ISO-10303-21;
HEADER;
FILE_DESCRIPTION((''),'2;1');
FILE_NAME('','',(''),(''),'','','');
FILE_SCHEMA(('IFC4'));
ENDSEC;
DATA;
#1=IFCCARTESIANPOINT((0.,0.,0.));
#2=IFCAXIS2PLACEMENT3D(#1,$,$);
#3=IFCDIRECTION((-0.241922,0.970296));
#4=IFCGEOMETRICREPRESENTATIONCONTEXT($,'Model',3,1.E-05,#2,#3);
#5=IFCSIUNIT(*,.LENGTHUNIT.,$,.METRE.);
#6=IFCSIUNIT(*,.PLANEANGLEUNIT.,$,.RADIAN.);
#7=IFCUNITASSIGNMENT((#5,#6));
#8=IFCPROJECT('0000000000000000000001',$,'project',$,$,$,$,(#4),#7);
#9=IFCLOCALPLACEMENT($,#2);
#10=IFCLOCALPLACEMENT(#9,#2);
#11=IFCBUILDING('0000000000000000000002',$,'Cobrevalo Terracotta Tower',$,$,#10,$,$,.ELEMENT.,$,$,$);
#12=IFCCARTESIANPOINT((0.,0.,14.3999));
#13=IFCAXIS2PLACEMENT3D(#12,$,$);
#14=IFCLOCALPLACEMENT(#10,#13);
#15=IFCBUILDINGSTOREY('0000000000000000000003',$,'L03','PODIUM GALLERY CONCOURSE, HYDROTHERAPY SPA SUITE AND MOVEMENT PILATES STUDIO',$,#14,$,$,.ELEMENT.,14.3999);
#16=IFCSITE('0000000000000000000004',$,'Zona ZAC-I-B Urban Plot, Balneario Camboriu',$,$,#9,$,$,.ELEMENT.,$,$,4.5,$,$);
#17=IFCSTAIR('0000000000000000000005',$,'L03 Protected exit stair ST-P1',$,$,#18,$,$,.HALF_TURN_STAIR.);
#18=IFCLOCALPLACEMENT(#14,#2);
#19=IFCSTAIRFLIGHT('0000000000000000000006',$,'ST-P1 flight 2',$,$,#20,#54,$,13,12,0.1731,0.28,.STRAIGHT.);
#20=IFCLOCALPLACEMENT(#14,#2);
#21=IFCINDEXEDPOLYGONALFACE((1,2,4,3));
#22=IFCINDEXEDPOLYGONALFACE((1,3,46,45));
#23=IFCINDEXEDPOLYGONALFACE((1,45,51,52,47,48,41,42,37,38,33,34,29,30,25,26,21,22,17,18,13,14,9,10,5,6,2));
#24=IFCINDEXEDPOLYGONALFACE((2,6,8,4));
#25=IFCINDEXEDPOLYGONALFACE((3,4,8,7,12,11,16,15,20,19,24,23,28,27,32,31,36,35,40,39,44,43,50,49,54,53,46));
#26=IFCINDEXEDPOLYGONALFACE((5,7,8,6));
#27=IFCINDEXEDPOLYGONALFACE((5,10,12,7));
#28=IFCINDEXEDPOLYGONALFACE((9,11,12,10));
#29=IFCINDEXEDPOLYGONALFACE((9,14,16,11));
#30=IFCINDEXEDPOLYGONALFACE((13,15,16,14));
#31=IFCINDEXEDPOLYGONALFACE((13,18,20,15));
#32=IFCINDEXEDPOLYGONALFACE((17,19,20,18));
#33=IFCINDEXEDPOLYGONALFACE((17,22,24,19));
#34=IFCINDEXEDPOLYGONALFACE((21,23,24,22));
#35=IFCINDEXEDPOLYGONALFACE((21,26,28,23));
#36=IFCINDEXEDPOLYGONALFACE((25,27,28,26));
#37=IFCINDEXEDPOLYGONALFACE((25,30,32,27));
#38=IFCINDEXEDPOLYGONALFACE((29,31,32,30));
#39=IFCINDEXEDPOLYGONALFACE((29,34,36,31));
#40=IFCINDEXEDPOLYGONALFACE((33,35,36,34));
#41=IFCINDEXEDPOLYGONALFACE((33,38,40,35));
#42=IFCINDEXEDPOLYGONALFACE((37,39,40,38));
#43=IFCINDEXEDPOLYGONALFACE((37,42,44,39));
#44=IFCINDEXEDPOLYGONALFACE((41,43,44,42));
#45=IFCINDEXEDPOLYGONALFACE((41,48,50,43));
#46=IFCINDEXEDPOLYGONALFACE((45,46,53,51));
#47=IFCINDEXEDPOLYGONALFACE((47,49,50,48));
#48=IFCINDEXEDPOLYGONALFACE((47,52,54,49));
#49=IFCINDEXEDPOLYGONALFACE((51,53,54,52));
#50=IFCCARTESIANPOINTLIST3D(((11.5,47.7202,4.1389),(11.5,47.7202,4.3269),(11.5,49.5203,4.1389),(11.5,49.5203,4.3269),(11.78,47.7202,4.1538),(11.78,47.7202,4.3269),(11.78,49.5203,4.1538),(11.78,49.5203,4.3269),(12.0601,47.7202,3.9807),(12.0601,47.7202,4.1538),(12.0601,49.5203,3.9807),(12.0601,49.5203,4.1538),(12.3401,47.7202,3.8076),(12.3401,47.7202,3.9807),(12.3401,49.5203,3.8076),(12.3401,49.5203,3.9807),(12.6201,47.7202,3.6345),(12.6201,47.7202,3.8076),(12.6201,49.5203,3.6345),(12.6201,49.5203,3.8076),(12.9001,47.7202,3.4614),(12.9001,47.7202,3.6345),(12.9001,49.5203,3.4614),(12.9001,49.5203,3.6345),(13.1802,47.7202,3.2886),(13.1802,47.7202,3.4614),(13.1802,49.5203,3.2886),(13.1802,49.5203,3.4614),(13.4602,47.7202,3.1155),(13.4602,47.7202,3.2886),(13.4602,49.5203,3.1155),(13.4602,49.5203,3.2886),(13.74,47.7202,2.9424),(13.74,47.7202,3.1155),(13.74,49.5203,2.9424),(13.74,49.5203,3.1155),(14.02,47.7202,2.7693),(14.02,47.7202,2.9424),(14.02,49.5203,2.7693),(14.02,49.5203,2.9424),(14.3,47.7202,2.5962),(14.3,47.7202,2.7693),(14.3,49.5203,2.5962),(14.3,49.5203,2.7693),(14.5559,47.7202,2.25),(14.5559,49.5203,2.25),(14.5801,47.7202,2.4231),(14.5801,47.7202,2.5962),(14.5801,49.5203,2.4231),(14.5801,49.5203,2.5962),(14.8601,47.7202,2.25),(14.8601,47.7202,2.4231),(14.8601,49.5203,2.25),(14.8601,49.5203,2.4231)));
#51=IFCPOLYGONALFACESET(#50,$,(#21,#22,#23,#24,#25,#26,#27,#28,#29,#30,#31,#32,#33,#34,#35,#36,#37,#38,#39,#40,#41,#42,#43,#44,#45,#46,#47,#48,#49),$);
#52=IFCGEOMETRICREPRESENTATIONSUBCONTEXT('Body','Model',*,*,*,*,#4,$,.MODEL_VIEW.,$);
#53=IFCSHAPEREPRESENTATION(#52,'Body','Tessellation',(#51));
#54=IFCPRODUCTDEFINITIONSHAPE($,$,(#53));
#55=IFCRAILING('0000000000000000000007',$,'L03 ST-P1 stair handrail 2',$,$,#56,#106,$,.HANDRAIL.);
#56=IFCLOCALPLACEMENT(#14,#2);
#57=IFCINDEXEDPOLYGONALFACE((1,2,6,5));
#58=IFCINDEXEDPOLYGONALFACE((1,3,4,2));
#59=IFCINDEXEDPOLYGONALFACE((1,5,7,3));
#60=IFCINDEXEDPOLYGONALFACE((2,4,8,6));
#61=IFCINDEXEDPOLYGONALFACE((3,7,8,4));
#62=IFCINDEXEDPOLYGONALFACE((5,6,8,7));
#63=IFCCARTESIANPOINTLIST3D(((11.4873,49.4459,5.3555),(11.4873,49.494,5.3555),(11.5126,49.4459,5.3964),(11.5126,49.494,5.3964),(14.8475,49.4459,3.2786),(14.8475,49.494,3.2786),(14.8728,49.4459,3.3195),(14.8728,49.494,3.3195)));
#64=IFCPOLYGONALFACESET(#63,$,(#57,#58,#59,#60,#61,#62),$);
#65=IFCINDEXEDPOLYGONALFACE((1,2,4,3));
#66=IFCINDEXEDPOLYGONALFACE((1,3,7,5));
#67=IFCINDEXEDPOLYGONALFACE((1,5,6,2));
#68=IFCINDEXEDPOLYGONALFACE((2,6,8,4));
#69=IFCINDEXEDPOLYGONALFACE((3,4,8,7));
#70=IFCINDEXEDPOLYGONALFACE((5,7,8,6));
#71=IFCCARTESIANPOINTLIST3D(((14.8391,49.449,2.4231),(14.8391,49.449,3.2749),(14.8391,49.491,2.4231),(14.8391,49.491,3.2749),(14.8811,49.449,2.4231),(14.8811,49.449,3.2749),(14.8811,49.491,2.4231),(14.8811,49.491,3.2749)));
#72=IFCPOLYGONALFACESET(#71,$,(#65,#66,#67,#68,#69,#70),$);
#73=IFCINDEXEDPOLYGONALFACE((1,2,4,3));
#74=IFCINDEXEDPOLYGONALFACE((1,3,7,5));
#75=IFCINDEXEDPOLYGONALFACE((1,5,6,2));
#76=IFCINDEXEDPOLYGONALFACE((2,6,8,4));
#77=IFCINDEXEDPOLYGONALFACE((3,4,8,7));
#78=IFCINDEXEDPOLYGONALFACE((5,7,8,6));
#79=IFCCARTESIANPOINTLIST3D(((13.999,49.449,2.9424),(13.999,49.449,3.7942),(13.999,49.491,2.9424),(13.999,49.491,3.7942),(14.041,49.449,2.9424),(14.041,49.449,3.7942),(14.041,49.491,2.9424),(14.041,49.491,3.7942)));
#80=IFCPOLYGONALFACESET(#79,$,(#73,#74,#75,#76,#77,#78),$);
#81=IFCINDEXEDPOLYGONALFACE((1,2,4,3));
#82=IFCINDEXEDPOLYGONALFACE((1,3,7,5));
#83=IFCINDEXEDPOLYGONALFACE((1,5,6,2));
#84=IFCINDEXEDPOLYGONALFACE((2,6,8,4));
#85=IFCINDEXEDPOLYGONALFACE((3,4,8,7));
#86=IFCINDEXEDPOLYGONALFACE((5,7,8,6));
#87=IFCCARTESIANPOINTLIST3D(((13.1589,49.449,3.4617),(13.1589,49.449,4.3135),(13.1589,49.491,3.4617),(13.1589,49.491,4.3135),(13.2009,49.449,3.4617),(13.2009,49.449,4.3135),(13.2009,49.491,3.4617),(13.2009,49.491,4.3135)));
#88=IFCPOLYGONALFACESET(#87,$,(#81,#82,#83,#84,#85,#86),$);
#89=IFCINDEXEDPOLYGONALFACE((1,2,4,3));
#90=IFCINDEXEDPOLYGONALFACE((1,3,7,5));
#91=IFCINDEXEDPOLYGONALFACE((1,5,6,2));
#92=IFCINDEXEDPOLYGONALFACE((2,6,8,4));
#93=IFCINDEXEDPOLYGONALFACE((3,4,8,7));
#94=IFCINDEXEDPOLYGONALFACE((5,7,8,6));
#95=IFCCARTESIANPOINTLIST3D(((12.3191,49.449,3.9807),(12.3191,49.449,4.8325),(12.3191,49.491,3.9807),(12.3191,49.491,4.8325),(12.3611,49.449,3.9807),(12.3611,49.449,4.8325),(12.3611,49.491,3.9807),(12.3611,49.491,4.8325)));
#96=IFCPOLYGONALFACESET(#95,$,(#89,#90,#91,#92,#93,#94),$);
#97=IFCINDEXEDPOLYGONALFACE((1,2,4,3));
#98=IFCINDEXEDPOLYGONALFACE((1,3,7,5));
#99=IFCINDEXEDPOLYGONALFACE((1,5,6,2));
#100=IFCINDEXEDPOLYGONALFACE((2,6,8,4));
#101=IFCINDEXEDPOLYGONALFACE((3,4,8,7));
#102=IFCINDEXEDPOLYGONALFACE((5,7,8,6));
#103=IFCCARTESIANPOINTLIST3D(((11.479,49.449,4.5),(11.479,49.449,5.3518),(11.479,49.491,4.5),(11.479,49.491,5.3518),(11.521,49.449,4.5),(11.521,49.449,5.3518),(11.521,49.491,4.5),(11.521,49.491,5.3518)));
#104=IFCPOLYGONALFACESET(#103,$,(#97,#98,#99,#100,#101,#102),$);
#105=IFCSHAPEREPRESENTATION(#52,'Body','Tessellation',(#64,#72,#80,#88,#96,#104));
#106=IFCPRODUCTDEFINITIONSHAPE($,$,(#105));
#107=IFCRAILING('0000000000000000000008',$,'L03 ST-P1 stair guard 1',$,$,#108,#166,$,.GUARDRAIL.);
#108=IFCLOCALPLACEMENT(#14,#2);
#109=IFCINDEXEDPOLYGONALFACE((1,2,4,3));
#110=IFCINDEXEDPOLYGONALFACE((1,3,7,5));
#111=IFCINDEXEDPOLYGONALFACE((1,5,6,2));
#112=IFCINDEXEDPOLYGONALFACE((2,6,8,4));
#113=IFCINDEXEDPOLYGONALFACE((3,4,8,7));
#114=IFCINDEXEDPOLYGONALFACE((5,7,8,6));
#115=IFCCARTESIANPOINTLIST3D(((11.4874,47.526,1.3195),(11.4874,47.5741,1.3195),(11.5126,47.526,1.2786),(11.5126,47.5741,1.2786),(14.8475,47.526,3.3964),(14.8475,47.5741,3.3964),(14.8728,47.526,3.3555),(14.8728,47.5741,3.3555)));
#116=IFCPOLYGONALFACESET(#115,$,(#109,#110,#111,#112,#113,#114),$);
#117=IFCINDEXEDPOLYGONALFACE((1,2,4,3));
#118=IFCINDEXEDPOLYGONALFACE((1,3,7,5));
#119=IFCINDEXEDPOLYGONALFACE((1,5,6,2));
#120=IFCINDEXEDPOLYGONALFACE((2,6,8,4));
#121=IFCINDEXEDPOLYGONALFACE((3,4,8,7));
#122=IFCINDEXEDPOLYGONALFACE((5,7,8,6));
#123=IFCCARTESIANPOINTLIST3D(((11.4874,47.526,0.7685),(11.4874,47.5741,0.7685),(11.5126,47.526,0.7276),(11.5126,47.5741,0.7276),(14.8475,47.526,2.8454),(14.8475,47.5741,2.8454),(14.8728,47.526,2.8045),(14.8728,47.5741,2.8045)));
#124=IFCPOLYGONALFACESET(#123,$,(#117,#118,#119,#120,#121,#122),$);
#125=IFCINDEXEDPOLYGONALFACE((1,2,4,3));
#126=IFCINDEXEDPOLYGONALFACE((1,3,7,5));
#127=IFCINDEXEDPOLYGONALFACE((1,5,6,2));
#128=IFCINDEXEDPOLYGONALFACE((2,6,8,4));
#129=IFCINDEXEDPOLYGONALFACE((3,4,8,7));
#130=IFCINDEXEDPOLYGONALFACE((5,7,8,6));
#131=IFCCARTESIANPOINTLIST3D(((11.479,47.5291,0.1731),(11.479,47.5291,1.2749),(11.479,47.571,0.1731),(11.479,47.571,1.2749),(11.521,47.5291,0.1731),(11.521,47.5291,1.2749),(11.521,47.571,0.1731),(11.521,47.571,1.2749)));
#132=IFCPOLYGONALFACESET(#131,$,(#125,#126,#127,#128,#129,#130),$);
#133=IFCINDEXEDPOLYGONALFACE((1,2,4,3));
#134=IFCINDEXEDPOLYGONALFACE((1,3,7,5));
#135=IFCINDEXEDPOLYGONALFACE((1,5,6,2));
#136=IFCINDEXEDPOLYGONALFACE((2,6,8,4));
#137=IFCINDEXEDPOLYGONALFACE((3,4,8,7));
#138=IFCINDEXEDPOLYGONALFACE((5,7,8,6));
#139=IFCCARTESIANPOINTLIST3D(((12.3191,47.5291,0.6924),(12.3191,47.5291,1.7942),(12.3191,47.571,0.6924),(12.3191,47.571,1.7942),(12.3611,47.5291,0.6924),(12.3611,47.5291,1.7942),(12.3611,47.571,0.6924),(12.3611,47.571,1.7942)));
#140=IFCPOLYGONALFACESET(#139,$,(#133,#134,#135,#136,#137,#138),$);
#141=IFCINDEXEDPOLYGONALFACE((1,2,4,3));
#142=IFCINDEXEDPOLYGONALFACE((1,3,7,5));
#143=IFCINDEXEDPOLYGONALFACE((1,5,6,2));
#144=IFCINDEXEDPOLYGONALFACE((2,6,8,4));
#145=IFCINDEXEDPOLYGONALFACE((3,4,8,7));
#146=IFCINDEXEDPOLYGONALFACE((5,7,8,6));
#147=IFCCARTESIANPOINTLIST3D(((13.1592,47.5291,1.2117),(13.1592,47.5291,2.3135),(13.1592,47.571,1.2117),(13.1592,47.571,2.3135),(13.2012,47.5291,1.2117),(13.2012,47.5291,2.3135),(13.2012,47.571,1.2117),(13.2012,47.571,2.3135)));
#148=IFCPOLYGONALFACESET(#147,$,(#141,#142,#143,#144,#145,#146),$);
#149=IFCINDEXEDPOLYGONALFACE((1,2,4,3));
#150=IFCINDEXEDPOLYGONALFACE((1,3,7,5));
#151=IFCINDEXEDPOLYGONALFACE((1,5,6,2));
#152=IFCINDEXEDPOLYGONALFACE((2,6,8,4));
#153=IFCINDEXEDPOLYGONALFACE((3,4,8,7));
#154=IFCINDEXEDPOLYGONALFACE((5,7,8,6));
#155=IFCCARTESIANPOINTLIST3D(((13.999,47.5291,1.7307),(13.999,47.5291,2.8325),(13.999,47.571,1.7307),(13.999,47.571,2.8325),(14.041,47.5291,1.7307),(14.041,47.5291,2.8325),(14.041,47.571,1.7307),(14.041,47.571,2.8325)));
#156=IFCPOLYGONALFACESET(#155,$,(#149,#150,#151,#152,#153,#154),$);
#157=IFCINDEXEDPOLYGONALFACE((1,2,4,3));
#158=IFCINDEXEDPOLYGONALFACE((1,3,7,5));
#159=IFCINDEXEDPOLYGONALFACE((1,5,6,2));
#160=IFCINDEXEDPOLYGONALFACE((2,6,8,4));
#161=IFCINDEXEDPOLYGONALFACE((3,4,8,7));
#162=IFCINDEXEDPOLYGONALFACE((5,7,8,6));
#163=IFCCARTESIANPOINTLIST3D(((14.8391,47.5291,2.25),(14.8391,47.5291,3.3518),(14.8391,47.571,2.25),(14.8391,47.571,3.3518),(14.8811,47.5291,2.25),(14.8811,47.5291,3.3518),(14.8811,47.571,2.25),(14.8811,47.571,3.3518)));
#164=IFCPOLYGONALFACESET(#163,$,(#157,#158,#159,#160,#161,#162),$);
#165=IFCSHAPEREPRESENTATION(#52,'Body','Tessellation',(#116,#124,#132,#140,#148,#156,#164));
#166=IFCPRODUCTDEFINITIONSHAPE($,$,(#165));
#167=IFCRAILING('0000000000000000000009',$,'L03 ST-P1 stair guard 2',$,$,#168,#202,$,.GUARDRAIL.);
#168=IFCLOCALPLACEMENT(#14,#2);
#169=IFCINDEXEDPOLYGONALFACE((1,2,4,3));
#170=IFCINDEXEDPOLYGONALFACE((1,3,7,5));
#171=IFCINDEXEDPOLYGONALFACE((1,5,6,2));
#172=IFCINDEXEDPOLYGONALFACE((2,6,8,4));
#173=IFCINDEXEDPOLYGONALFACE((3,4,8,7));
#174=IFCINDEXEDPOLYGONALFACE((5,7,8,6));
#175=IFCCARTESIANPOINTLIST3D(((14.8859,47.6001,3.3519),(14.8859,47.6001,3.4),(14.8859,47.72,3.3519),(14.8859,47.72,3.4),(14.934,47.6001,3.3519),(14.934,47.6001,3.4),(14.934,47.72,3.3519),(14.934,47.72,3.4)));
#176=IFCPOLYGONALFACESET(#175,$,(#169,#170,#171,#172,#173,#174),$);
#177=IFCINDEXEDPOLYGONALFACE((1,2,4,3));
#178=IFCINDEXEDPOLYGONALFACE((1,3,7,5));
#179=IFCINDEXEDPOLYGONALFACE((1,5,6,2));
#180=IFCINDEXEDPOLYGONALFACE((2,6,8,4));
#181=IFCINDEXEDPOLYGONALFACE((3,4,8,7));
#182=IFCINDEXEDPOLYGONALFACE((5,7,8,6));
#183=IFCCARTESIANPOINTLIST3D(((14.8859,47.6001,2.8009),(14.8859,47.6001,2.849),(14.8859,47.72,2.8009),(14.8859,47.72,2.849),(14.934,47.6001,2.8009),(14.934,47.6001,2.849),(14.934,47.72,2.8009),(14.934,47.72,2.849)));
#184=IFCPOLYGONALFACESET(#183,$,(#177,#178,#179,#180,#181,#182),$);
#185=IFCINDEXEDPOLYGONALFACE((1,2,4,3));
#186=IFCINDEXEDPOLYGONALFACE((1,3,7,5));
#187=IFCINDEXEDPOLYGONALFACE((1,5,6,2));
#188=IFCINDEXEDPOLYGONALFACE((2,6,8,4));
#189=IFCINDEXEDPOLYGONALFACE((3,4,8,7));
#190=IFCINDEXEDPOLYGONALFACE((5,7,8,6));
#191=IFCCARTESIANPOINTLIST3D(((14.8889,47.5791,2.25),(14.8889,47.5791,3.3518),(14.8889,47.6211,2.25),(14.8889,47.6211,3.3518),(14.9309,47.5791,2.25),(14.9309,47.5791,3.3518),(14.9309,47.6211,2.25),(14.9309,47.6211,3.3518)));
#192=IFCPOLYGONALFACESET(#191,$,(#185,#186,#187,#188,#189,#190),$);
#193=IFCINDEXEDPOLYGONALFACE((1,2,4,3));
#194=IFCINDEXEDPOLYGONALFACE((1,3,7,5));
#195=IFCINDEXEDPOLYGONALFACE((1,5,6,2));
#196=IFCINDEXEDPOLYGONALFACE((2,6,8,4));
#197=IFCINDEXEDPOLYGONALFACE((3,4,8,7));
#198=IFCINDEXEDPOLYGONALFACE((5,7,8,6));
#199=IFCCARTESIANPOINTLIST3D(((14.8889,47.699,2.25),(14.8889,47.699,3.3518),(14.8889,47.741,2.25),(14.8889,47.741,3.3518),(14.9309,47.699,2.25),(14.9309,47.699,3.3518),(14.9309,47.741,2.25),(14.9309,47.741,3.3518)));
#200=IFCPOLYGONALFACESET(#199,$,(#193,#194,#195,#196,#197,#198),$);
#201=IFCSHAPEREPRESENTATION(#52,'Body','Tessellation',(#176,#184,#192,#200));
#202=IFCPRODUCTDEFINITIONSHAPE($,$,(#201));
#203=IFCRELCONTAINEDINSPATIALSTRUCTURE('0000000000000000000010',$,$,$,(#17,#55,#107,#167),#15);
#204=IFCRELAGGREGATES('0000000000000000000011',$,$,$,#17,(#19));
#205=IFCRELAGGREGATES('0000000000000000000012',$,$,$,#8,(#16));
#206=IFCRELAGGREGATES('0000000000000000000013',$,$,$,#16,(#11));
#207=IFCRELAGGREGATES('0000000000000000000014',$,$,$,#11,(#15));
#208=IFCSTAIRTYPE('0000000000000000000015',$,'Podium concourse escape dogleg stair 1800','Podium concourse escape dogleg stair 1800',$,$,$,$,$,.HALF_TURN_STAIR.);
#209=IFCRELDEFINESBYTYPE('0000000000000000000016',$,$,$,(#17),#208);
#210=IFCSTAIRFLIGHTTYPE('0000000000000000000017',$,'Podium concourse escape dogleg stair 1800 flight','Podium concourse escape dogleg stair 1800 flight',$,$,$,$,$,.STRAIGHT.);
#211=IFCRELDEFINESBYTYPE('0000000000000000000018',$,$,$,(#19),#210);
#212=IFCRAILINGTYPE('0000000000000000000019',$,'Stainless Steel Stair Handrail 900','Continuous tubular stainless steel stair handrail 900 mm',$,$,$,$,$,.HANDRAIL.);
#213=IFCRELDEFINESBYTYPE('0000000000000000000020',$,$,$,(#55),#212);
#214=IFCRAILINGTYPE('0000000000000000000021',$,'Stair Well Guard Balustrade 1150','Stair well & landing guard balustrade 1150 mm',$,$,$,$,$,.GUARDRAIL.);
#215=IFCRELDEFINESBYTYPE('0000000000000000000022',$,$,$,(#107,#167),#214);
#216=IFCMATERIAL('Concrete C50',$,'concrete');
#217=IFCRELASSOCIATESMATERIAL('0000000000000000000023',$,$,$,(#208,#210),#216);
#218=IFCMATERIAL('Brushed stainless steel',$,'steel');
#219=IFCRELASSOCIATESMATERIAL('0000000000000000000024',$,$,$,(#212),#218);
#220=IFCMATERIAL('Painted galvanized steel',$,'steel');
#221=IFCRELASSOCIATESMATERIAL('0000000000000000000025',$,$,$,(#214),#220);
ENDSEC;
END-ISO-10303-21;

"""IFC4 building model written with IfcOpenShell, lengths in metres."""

from ifc_helpers import new_model, si_unit, direction, frame, origin, origin_2d, place, context, subcontext, project, spatial, polyline, rectangle, outline, extrude, material, type_object, element, aggregate, save


model = new_model("IFC4")

# Units and contexts
model_context = context("Model", 3, precision=1e-05, world=origin(), true_north=direction((-0.241922, 0.970296)))
body_context = subcontext(model_context, "Body", "Model", "MODEL_VIEW")
ifc_project = project(units=[si_unit("LENGTHUNIT", "METRE"), si_unit("PLANEANGLEUNIT", "RADIAN")], contexts=[model_context])

# Site, building, storey
site_placement = place(None, origin())
site = spatial("IfcSite", under=ifc_project, at=site_placement, Name="Zona ZAC-I-B Urban Plot, Balneario Camboriu", CompositionType="ELEMENT", RefElevation=4.5)
building_placement = place(site_placement, origin())
building = spatial("IfcBuilding", under=site, at=building_placement, Name="Cobrevalo Terracotta Tower", CompositionType="ELEMENT")
storey_placement = place(building_placement, frame((0.0, 0.0, 14.3999)))
storey = spatial("IfcBuildingStorey", under=building, at=storey_placement, Name="L03", Description="PODIUM GALLERY CONCOURSE, HYDROTHERAPY SPA SUITE AND MOVEMENT PILATES STUDIO", CompositionType="ELEMENT", Elevation=14.3999)

# Shared definitions
ifc_material_1 = material(Name="Concrete C50", Category="concrete")

# Stair, stair flight
stair_type = type_object("IfcStairType", Name="Podium concourse escape dogleg stair 1800", Description="Podium concourse escape dogleg stair 1800", PredefinedType="HALF_TURN_STAIR", material=ifc_material_1)
stair_placement = place(storey_placement, origin())
stair = element("IfcStair", 1, at=stair_placement, inside=storey, type_object=stair_type, Name="L03 Protected exit stair ST-P1", PredefinedType="HALF_TURN_STAIR")
stair_flight_type = type_object("IfcStairFlightType", Name="Podium concourse escape dogleg stair 1800 flight", Description="Podium concourse escape dogleg stair 1800 flight", PredefinedType="STRAIGHT", material=ifc_material_1)
stair_flight_1_placement = place(storey_placement, frame((14.8601, 48.6201, 2.25), z_axis=(0.0, 0.0, 1.0), x_axis=(-1.0, 0.0, 0.0)))
stair_flight_1 = element("IfcStairFlight", 2, at=stair_flight_1_placement, type_object=stair_flight_type, Name="ST-P1 flight 2", NumberOfRisers=13, NumberOfTreads=12, PredefinedType="STRAIGHT", RiserHeight=0.1731, TreadLength=0.28, context=body_context, shape_type="SweptSolid", body=[
    extrude(outline(polyline([(0.0, 0.0), (0.0, 0.1731), (0.28, 0.1731), (0.28, 0.3462), (0.5601, 0.3462), (0.5601, 0.5193), (0.8401, 0.5193), (0.8401, 0.6924), (1.1201, 0.6924), (1.1201, 0.8655), (1.3999, 0.8655), (1.3999, 1.0386), (1.6799, 1.0386), (1.6799, 1.2114), (1.96, 1.2114), (1.96, 1.3845), (2.24, 1.3845), (2.24, 1.5576), (2.52, 1.5576), (2.52, 1.7307), (2.8, 1.7307), (2.8, 1.9038), (3.0801, 1.9038), (3.0801, 2.0769), (3.3601, 2.0769), (3.3601, 2.25), (3.3601, 1.8889), (0.3042, 0.0), (0.0, 0.0)])), frame((0.0, 0.8999, 0.0), z_axis=(0.0, -1.0, 0.0), x_axis=(1.0, 0.0, 0.0)), (0.0, 0.0, 1.0), 1.8),
])
aggregate(stair, [stair_flight_1])

# Railings
ifc_material_2 = material(Name="Brushed stainless steel", Category="steel")
railing_type_1 = type_object("IfcRailingType", Name="Stainless Steel Stair Handrail 900", Description="Continuous tubular stainless steel stair handrail 900 mm", PredefinedType="HANDRAIL", material=ifc_material_2)
railing_1_placement = place(storey_placement, frame((14.8601, 49.47, 2.4231)))
element("IfcRailing", 3, at=railing_1_placement, inside=storey, type_object=railing_type_1, Name="L03 ST-P1 stair handrail 2", PredefinedType="HANDRAIL", context=body_context, shape_type="SweptSolid", body=[
    extrude(rectangle(XDim=0.0481, YDim=0.0481, at=origin_2d()), frame((0.0, 0.0, 0.876), z_axis=(-0.850623, 0.0, 0.525776), x_axis=(0.0, -1.0, 0.0)), (0.0, 0.0, 1.0), 3.9502),
    extrude(rectangle(XDim=0.042, YDim=0.042, at=origin_2d()), origin(), (0.0, 0.0, 1.0), 0.8518),
    extrude(rectangle(XDim=0.042, YDim=0.042, at=origin_2d()), frame((-0.8401, 0.0, 0.5193)), (0.0, 0.0, 1.0), 0.8518),
    extrude(rectangle(XDim=0.042, YDim=0.042, at=origin_2d()), frame((-1.6802, 0.0, 1.0386)), (0.0, 0.0, 1.0), 0.8518),
    extrude(rectangle(XDim=0.042, YDim=0.042, at=origin_2d()), frame((-2.52, 0.0, 1.5576)), (0.0, 0.0, 1.0), 0.8518),
    extrude(rectangle(XDim=0.042, YDim=0.042, at=origin_2d()), frame((-3.3601, 0.0, 2.0769)), (0.0, 0.0, 1.0), 0.8518),
])
ifc_material_3 = material(Name="Painted galvanized steel", Category="steel")
railing_type_2 = type_object("IfcRailingType", Name="Stair Well Guard Balustrade 1150", Description="Stair well & landing guard balustrade 1150 mm", PredefinedType="GUARDRAIL", material=ifc_material_3)
railing_2_placement = place(storey_placement, frame((11.5, 47.55, 0.1731)))
element("IfcRailing", 4, at=railing_2_placement, inside=storey, type_object=railing_type_2, Name="L03 ST-P1 stair guard 1", PredefinedType="GUARDRAIL", context=body_context, shape_type="SweptSolid", body=[
    extrude(rectangle(XDim=0.0481, YDim=0.0481, at=origin_2d()), frame((0.0, 0.0, 1.126), z_axis=(0.850623, 0.0, 0.525776), x_axis=(0.0, 1.0, 0.0)), (0.0, 0.0, 1.0), 3.9502),
    extrude(rectangle(XDim=0.0481, YDim=0.0481, at=origin_2d()), frame((0.0, 0.0, 0.575), z_axis=(0.850623, 0.0, 0.525776), x_axis=(0.0, 1.0, 0.0)), (0.0, 0.0, 1.0), 3.9502),
    extrude(rectangle(XDim=0.042, YDim=0.042, at=origin_2d()), origin(), (0.0, 0.0, 1.0), 1.1018),
    extrude(rectangle(XDim=0.042, YDim=0.042, at=origin_2d()), frame((0.8401, 0.0, 0.5193)), (0.0, 0.0, 1.0), 1.1018),
    extrude(rectangle(XDim=0.042, YDim=0.042, at=origin_2d()), frame((1.6802, 0.0, 1.0386)), (0.0, 0.0, 1.0), 1.1018),
    extrude(rectangle(XDim=0.042, YDim=0.042, at=origin_2d()), frame((2.52, 0.0, 1.5576)), (0.0, 0.0, 1.0), 1.1018),
    extrude(rectangle(XDim=0.042, YDim=0.042, at=origin_2d()), frame((3.3601, 0.0, 2.0769)), (0.0, 0.0, 1.0), 1.1018),
])
railing_3_placement = place(storey_placement, frame((14.9099, 47.6001, 2.25)))
element("IfcRailing", 5, at=railing_3_placement, inside=storey, type_object=railing_type_2, Name="L03 ST-P1 stair guard 2", PredefinedType="GUARDRAIL", context=body_context, shape_type="SweptSolid", body=[
    extrude(rectangle(XDim=0.0481, YDim=0.0481, at=origin_2d()), frame((0.0, 0.0, 1.126), z_axis=(0.0, 1.0, 0.0), x_axis=(-1.0, 0.0, 0.0)), (0.0, 0.0, 1.0), 0.1199),
    extrude(rectangle(XDim=0.0481, YDim=0.0481, at=origin_2d()), frame((0.0, 0.0, 0.575), z_axis=(0.0, 1.0, 0.0), x_axis=(-1.0, 0.0, 0.0)), (0.0, 0.0, 1.0), 0.1199),
    extrude(rectangle(XDim=0.042, YDim=0.042, at=origin_2d()), origin(), (0.0, 0.0, 1.0), 1.1018),
    extrude(rectangle(XDim=0.042, YDim=0.042, at=origin_2d()), frame((0.0, 0.1199, 0.0)), (0.0, 0.0, 1.0), 1.1018),
])

save(model, "model.ifc")
